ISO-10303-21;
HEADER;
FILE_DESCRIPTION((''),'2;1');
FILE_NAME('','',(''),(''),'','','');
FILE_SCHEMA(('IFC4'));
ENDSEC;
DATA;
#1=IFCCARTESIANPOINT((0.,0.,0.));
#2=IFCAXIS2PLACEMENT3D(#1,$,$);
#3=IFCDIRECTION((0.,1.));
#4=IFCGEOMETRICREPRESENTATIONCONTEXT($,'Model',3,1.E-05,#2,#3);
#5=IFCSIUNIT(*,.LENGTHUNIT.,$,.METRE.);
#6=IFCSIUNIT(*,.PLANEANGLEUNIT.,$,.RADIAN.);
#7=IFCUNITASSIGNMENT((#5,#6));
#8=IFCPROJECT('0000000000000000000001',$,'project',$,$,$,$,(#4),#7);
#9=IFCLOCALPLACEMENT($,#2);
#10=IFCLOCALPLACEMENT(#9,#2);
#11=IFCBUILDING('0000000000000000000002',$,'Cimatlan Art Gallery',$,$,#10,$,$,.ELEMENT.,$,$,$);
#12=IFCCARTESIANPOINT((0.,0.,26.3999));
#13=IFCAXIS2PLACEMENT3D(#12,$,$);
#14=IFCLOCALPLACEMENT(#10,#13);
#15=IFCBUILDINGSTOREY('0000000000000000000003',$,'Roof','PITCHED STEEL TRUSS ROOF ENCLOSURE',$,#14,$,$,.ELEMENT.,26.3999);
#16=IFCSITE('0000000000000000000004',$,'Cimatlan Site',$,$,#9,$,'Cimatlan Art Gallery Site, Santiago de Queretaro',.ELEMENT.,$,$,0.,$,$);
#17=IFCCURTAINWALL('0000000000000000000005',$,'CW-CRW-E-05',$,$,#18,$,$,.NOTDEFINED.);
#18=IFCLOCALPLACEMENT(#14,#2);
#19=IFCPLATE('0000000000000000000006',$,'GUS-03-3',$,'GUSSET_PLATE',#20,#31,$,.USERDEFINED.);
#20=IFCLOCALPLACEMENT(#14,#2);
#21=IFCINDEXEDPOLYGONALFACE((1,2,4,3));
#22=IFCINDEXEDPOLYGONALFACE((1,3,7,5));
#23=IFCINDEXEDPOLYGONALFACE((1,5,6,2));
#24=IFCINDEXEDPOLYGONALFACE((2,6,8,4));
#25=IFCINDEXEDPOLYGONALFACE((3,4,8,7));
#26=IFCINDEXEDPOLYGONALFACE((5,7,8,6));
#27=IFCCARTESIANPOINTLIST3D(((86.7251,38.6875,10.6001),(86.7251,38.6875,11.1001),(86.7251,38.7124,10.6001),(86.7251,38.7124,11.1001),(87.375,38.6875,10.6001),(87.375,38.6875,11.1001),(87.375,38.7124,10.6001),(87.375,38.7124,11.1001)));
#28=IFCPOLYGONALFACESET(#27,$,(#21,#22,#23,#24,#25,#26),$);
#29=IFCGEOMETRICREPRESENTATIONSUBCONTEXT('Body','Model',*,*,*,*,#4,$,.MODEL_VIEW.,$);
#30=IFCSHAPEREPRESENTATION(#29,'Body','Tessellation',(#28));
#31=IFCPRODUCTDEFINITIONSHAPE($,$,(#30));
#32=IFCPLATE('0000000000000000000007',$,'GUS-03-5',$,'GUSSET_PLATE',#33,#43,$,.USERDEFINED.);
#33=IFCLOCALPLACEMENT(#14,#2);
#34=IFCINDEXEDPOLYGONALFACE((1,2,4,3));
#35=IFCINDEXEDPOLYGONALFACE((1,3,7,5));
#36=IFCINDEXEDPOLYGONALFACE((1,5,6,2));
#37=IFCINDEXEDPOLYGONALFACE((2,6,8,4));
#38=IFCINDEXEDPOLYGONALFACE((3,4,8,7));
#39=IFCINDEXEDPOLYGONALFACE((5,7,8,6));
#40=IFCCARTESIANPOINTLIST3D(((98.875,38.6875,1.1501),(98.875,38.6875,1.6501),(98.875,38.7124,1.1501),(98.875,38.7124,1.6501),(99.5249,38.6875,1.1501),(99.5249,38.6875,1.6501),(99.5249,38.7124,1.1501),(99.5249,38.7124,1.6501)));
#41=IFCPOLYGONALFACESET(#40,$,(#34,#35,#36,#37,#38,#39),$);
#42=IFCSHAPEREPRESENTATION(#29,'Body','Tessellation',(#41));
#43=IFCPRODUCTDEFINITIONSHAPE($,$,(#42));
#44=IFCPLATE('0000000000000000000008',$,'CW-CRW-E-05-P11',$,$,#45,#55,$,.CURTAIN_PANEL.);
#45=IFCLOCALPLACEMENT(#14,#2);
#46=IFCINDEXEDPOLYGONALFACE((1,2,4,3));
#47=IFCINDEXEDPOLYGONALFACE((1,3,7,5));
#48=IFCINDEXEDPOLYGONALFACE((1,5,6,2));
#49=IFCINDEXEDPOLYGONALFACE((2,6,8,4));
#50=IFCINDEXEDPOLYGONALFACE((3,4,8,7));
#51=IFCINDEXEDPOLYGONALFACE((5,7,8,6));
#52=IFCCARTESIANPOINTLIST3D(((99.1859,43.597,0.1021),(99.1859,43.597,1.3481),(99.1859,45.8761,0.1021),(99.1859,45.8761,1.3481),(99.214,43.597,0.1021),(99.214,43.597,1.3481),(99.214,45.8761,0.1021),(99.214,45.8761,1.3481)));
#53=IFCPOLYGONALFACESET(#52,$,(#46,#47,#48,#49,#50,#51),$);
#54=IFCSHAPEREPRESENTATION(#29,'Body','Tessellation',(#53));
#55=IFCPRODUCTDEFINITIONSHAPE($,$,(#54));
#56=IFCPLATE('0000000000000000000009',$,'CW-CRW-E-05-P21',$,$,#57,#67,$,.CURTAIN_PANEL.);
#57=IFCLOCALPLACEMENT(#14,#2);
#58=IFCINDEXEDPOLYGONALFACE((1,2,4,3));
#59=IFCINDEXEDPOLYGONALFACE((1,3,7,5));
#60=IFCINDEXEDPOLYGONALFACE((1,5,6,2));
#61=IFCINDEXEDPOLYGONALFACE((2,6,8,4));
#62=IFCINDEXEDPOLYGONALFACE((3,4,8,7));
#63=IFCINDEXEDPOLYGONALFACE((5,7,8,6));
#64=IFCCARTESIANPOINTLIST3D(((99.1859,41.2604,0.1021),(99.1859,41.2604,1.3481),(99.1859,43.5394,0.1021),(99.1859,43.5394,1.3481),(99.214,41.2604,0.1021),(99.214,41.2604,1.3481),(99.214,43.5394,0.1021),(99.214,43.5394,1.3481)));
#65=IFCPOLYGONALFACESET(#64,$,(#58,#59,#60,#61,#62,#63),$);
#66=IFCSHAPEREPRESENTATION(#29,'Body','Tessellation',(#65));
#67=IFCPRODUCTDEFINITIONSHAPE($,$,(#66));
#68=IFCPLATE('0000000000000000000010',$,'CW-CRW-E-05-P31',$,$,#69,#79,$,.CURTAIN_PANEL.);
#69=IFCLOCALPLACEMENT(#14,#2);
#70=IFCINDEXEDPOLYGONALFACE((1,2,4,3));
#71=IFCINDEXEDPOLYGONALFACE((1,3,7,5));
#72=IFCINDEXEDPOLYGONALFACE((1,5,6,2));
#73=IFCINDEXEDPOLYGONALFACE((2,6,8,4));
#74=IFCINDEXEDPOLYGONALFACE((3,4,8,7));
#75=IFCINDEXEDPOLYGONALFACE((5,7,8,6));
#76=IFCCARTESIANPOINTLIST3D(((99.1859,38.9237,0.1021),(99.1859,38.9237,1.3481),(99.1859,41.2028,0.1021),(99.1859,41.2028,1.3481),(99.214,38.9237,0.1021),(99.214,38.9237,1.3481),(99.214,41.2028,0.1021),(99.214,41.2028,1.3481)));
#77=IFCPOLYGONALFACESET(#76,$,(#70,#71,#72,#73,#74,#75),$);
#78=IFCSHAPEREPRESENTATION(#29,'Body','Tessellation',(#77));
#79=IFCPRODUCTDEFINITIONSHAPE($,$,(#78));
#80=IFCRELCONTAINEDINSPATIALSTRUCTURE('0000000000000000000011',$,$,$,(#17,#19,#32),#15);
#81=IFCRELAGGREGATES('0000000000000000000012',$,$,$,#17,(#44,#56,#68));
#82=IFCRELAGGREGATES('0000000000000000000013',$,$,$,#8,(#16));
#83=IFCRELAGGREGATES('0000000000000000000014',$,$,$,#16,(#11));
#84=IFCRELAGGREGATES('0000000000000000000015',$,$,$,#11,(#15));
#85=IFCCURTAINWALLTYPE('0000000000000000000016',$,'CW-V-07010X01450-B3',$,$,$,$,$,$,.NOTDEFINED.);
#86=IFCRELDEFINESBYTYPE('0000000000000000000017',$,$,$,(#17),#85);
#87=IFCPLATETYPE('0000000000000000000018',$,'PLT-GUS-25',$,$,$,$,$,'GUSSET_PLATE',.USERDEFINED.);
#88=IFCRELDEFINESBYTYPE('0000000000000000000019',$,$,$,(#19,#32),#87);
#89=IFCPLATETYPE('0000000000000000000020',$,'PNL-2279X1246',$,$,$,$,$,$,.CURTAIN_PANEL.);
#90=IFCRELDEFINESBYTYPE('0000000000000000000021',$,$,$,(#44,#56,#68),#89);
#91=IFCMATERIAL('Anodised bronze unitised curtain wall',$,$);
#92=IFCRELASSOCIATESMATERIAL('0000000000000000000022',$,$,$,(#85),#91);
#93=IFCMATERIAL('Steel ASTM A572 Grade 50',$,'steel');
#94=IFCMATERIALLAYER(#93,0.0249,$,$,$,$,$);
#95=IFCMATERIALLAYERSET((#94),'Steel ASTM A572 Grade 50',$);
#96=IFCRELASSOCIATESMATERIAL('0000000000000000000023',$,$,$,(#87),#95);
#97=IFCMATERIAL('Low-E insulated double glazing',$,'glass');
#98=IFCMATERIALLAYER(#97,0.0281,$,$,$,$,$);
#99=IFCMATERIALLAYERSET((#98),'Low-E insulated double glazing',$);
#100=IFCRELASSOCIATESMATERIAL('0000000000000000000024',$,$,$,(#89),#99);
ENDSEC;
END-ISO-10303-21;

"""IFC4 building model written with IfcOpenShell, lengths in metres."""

from ifc_helpers import new_model, si_unit, direction, frame, origin, origin_2d, place, context, subcontext, project, spatial, rectangle, extrude, material, layer, layer_set, type_object, element, aggregate, save


model = new_model("IFC4")

# Units and contexts
model_context = context("Model", 3, precision=1e-05, world=origin(), true_north=direction((0.0, 1.0)))
body_context = subcontext(model_context, "Body", "Model", "MODEL_VIEW")
ifc_project = project(units=[si_unit("LENGTHUNIT", "METRE"), si_unit("PLANEANGLEUNIT", "RADIAN")], contexts=[model_context])

# Site, building, storey
site_placement = place(None, origin())
site = spatial("IfcSite", under=ifc_project, at=site_placement, Name="Cimatlan Site", LongName="Cimatlan Art Gallery Site, Santiago de Queretaro", CompositionType="ELEMENT", RefElevation=0.0)
building_placement = place(site_placement, origin())
building = spatial("IfcBuilding", under=site, at=building_placement, Name="Cimatlan Art Gallery", CompositionType="ELEMENT")
storey_placement = place(building_placement, frame((0.0, 0.0, 26.3999)))
storey = spatial("IfcBuildingStorey", under=building, at=storey_placement, Name="Roof", Description="PITCHED STEEL TRUSS ROOF ENCLOSURE", CompositionType="ELEMENT", Elevation=26.3999)

# Curtain wall
ifc_material_1 = material(Name="Anodised bronze unitised curtain wall")
curtain_wall_type = type_object("IfcCurtainWallType", Name="CW-V-07010X01450-B3", PredefinedType="NOTDEFINED", material=ifc_material_1)
curtain_wall_1_placement = place(storey_placement, origin())
curtain_wall_1 = element("IfcCurtainWall", 1, at=curtain_wall_1_placement, inside=storey, type_object=curtain_wall_type, Name="CW-CRW-E-05", PredefinedType="NOTDEFINED")

# Plates
ifc_material_2 = material(Name="Steel ASTM A572 Grade 50", Category="steel")
ifc_layer_1 = layer(ifc_material_2, 0.0249)
ifc_layer_set_1 = layer_set([ifc_layer_1], Name="Steel ASTM A572 Grade 50")
plate_type_1 = type_object("IfcPlateType", Name="PLT-GUS-25", ElementType="GUSSET_PLATE", PredefinedType="USERDEFINED", material=ifc_layer_set_1)
for number, where, z_axis, x_axis, name in (
    (2, (87.05, 38.7, 10.6001), (0.0, 0.0, 1.0), (1.0, 0.0, 0.0), "GUS-03-3"),
    (3, (99.2, 38.7, 1.1501), (0.0, 0.0, 1.0), (1.0, 0.0, 0.0), "GUS-03-5"),
):
    element("IfcPlate", number, at=place(storey_placement, frame(where, z_axis=z_axis, x_axis=x_axis)), inside=storey, type_object=plate_type_1, Name=name, ObjectType="GUSSET_PLATE", PredefinedType="USERDEFINED", context=body_context, shape_type="SweptSolid", body=[
        extrude(rectangle(XDim=0.6499, YDim=0.0249, at=origin_2d()), origin(), (0.0, 0.0, 1.0), 0.5),
    ])

# Plates
ifc_material_3 = material(Name="Low-E insulated double glazing", Category="glass")
ifc_layer_2 = layer(ifc_material_3, 0.0281)
ifc_layer_set_2 = layer_set([ifc_layer_2], Name="Low-E insulated double glazing")
plate_type_2 = type_object("IfcPlateType", Name="PNL-2279X1246", PredefinedType="CURTAIN_PANEL", material=ifc_layer_set_2)
plate_1_placement = place(storey_placement, frame((99.2, 44.7366, 0.1021), z_axis=(0.0, 0.0, 1.0), x_axis=(0.0, -1.0, 0.0)))
plate_1 = element("IfcPlate", 4, at=plate_1_placement, type_object=plate_type_2, Name="CW-CRW-E-05-P11", PredefinedType="CURTAIN_PANEL", context=body_context, shape_type="SweptSolid", body=[
    extrude(rectangle(XDim=2.2791, YDim=0.0281, at=origin_2d()), origin(), (0.0, 0.0, 1.0), 1.2461),
])
plate_2_placement = place(storey_placement, frame((99.2, 42.3999, 0.1021), z_axis=(0.0, 0.0, 1.0), x_axis=(0.0, -1.0, 0.0)))
plate_2 = element("IfcPlate", 5, at=plate_2_placement, type_object=plate_type_2, Name="CW-CRW-E-05-P21", PredefinedType="CURTAIN_PANEL", context=body_context, shape_type="SweptSolid", body=[
    extrude(rectangle(XDim=2.2791, YDim=0.0281, at=origin_2d()), origin(), (0.0, 0.0, 1.0), 1.2461),
])
plate_3_placement = place(storey_placement, frame((99.2, 40.0632, 0.1021), z_axis=(0.0, 0.0, 1.0), x_axis=(0.0, -1.0, 0.0)))
plate_3 = element("IfcPlate", 6, at=plate_3_placement, type_object=plate_type_2, Name="CW-CRW-E-05-P31", PredefinedType="CURTAIN_PANEL", context=body_context, shape_type="SweptSolid", body=[
    extrude(rectangle(XDim=2.2791, YDim=0.0281, at=origin_2d()), origin(), (0.0, 0.0, 1.0), 1.2461),
])
aggregate(curtain_wall_1, [plate_1, plate_2, plate_3])

save(model, "model.ifc")
